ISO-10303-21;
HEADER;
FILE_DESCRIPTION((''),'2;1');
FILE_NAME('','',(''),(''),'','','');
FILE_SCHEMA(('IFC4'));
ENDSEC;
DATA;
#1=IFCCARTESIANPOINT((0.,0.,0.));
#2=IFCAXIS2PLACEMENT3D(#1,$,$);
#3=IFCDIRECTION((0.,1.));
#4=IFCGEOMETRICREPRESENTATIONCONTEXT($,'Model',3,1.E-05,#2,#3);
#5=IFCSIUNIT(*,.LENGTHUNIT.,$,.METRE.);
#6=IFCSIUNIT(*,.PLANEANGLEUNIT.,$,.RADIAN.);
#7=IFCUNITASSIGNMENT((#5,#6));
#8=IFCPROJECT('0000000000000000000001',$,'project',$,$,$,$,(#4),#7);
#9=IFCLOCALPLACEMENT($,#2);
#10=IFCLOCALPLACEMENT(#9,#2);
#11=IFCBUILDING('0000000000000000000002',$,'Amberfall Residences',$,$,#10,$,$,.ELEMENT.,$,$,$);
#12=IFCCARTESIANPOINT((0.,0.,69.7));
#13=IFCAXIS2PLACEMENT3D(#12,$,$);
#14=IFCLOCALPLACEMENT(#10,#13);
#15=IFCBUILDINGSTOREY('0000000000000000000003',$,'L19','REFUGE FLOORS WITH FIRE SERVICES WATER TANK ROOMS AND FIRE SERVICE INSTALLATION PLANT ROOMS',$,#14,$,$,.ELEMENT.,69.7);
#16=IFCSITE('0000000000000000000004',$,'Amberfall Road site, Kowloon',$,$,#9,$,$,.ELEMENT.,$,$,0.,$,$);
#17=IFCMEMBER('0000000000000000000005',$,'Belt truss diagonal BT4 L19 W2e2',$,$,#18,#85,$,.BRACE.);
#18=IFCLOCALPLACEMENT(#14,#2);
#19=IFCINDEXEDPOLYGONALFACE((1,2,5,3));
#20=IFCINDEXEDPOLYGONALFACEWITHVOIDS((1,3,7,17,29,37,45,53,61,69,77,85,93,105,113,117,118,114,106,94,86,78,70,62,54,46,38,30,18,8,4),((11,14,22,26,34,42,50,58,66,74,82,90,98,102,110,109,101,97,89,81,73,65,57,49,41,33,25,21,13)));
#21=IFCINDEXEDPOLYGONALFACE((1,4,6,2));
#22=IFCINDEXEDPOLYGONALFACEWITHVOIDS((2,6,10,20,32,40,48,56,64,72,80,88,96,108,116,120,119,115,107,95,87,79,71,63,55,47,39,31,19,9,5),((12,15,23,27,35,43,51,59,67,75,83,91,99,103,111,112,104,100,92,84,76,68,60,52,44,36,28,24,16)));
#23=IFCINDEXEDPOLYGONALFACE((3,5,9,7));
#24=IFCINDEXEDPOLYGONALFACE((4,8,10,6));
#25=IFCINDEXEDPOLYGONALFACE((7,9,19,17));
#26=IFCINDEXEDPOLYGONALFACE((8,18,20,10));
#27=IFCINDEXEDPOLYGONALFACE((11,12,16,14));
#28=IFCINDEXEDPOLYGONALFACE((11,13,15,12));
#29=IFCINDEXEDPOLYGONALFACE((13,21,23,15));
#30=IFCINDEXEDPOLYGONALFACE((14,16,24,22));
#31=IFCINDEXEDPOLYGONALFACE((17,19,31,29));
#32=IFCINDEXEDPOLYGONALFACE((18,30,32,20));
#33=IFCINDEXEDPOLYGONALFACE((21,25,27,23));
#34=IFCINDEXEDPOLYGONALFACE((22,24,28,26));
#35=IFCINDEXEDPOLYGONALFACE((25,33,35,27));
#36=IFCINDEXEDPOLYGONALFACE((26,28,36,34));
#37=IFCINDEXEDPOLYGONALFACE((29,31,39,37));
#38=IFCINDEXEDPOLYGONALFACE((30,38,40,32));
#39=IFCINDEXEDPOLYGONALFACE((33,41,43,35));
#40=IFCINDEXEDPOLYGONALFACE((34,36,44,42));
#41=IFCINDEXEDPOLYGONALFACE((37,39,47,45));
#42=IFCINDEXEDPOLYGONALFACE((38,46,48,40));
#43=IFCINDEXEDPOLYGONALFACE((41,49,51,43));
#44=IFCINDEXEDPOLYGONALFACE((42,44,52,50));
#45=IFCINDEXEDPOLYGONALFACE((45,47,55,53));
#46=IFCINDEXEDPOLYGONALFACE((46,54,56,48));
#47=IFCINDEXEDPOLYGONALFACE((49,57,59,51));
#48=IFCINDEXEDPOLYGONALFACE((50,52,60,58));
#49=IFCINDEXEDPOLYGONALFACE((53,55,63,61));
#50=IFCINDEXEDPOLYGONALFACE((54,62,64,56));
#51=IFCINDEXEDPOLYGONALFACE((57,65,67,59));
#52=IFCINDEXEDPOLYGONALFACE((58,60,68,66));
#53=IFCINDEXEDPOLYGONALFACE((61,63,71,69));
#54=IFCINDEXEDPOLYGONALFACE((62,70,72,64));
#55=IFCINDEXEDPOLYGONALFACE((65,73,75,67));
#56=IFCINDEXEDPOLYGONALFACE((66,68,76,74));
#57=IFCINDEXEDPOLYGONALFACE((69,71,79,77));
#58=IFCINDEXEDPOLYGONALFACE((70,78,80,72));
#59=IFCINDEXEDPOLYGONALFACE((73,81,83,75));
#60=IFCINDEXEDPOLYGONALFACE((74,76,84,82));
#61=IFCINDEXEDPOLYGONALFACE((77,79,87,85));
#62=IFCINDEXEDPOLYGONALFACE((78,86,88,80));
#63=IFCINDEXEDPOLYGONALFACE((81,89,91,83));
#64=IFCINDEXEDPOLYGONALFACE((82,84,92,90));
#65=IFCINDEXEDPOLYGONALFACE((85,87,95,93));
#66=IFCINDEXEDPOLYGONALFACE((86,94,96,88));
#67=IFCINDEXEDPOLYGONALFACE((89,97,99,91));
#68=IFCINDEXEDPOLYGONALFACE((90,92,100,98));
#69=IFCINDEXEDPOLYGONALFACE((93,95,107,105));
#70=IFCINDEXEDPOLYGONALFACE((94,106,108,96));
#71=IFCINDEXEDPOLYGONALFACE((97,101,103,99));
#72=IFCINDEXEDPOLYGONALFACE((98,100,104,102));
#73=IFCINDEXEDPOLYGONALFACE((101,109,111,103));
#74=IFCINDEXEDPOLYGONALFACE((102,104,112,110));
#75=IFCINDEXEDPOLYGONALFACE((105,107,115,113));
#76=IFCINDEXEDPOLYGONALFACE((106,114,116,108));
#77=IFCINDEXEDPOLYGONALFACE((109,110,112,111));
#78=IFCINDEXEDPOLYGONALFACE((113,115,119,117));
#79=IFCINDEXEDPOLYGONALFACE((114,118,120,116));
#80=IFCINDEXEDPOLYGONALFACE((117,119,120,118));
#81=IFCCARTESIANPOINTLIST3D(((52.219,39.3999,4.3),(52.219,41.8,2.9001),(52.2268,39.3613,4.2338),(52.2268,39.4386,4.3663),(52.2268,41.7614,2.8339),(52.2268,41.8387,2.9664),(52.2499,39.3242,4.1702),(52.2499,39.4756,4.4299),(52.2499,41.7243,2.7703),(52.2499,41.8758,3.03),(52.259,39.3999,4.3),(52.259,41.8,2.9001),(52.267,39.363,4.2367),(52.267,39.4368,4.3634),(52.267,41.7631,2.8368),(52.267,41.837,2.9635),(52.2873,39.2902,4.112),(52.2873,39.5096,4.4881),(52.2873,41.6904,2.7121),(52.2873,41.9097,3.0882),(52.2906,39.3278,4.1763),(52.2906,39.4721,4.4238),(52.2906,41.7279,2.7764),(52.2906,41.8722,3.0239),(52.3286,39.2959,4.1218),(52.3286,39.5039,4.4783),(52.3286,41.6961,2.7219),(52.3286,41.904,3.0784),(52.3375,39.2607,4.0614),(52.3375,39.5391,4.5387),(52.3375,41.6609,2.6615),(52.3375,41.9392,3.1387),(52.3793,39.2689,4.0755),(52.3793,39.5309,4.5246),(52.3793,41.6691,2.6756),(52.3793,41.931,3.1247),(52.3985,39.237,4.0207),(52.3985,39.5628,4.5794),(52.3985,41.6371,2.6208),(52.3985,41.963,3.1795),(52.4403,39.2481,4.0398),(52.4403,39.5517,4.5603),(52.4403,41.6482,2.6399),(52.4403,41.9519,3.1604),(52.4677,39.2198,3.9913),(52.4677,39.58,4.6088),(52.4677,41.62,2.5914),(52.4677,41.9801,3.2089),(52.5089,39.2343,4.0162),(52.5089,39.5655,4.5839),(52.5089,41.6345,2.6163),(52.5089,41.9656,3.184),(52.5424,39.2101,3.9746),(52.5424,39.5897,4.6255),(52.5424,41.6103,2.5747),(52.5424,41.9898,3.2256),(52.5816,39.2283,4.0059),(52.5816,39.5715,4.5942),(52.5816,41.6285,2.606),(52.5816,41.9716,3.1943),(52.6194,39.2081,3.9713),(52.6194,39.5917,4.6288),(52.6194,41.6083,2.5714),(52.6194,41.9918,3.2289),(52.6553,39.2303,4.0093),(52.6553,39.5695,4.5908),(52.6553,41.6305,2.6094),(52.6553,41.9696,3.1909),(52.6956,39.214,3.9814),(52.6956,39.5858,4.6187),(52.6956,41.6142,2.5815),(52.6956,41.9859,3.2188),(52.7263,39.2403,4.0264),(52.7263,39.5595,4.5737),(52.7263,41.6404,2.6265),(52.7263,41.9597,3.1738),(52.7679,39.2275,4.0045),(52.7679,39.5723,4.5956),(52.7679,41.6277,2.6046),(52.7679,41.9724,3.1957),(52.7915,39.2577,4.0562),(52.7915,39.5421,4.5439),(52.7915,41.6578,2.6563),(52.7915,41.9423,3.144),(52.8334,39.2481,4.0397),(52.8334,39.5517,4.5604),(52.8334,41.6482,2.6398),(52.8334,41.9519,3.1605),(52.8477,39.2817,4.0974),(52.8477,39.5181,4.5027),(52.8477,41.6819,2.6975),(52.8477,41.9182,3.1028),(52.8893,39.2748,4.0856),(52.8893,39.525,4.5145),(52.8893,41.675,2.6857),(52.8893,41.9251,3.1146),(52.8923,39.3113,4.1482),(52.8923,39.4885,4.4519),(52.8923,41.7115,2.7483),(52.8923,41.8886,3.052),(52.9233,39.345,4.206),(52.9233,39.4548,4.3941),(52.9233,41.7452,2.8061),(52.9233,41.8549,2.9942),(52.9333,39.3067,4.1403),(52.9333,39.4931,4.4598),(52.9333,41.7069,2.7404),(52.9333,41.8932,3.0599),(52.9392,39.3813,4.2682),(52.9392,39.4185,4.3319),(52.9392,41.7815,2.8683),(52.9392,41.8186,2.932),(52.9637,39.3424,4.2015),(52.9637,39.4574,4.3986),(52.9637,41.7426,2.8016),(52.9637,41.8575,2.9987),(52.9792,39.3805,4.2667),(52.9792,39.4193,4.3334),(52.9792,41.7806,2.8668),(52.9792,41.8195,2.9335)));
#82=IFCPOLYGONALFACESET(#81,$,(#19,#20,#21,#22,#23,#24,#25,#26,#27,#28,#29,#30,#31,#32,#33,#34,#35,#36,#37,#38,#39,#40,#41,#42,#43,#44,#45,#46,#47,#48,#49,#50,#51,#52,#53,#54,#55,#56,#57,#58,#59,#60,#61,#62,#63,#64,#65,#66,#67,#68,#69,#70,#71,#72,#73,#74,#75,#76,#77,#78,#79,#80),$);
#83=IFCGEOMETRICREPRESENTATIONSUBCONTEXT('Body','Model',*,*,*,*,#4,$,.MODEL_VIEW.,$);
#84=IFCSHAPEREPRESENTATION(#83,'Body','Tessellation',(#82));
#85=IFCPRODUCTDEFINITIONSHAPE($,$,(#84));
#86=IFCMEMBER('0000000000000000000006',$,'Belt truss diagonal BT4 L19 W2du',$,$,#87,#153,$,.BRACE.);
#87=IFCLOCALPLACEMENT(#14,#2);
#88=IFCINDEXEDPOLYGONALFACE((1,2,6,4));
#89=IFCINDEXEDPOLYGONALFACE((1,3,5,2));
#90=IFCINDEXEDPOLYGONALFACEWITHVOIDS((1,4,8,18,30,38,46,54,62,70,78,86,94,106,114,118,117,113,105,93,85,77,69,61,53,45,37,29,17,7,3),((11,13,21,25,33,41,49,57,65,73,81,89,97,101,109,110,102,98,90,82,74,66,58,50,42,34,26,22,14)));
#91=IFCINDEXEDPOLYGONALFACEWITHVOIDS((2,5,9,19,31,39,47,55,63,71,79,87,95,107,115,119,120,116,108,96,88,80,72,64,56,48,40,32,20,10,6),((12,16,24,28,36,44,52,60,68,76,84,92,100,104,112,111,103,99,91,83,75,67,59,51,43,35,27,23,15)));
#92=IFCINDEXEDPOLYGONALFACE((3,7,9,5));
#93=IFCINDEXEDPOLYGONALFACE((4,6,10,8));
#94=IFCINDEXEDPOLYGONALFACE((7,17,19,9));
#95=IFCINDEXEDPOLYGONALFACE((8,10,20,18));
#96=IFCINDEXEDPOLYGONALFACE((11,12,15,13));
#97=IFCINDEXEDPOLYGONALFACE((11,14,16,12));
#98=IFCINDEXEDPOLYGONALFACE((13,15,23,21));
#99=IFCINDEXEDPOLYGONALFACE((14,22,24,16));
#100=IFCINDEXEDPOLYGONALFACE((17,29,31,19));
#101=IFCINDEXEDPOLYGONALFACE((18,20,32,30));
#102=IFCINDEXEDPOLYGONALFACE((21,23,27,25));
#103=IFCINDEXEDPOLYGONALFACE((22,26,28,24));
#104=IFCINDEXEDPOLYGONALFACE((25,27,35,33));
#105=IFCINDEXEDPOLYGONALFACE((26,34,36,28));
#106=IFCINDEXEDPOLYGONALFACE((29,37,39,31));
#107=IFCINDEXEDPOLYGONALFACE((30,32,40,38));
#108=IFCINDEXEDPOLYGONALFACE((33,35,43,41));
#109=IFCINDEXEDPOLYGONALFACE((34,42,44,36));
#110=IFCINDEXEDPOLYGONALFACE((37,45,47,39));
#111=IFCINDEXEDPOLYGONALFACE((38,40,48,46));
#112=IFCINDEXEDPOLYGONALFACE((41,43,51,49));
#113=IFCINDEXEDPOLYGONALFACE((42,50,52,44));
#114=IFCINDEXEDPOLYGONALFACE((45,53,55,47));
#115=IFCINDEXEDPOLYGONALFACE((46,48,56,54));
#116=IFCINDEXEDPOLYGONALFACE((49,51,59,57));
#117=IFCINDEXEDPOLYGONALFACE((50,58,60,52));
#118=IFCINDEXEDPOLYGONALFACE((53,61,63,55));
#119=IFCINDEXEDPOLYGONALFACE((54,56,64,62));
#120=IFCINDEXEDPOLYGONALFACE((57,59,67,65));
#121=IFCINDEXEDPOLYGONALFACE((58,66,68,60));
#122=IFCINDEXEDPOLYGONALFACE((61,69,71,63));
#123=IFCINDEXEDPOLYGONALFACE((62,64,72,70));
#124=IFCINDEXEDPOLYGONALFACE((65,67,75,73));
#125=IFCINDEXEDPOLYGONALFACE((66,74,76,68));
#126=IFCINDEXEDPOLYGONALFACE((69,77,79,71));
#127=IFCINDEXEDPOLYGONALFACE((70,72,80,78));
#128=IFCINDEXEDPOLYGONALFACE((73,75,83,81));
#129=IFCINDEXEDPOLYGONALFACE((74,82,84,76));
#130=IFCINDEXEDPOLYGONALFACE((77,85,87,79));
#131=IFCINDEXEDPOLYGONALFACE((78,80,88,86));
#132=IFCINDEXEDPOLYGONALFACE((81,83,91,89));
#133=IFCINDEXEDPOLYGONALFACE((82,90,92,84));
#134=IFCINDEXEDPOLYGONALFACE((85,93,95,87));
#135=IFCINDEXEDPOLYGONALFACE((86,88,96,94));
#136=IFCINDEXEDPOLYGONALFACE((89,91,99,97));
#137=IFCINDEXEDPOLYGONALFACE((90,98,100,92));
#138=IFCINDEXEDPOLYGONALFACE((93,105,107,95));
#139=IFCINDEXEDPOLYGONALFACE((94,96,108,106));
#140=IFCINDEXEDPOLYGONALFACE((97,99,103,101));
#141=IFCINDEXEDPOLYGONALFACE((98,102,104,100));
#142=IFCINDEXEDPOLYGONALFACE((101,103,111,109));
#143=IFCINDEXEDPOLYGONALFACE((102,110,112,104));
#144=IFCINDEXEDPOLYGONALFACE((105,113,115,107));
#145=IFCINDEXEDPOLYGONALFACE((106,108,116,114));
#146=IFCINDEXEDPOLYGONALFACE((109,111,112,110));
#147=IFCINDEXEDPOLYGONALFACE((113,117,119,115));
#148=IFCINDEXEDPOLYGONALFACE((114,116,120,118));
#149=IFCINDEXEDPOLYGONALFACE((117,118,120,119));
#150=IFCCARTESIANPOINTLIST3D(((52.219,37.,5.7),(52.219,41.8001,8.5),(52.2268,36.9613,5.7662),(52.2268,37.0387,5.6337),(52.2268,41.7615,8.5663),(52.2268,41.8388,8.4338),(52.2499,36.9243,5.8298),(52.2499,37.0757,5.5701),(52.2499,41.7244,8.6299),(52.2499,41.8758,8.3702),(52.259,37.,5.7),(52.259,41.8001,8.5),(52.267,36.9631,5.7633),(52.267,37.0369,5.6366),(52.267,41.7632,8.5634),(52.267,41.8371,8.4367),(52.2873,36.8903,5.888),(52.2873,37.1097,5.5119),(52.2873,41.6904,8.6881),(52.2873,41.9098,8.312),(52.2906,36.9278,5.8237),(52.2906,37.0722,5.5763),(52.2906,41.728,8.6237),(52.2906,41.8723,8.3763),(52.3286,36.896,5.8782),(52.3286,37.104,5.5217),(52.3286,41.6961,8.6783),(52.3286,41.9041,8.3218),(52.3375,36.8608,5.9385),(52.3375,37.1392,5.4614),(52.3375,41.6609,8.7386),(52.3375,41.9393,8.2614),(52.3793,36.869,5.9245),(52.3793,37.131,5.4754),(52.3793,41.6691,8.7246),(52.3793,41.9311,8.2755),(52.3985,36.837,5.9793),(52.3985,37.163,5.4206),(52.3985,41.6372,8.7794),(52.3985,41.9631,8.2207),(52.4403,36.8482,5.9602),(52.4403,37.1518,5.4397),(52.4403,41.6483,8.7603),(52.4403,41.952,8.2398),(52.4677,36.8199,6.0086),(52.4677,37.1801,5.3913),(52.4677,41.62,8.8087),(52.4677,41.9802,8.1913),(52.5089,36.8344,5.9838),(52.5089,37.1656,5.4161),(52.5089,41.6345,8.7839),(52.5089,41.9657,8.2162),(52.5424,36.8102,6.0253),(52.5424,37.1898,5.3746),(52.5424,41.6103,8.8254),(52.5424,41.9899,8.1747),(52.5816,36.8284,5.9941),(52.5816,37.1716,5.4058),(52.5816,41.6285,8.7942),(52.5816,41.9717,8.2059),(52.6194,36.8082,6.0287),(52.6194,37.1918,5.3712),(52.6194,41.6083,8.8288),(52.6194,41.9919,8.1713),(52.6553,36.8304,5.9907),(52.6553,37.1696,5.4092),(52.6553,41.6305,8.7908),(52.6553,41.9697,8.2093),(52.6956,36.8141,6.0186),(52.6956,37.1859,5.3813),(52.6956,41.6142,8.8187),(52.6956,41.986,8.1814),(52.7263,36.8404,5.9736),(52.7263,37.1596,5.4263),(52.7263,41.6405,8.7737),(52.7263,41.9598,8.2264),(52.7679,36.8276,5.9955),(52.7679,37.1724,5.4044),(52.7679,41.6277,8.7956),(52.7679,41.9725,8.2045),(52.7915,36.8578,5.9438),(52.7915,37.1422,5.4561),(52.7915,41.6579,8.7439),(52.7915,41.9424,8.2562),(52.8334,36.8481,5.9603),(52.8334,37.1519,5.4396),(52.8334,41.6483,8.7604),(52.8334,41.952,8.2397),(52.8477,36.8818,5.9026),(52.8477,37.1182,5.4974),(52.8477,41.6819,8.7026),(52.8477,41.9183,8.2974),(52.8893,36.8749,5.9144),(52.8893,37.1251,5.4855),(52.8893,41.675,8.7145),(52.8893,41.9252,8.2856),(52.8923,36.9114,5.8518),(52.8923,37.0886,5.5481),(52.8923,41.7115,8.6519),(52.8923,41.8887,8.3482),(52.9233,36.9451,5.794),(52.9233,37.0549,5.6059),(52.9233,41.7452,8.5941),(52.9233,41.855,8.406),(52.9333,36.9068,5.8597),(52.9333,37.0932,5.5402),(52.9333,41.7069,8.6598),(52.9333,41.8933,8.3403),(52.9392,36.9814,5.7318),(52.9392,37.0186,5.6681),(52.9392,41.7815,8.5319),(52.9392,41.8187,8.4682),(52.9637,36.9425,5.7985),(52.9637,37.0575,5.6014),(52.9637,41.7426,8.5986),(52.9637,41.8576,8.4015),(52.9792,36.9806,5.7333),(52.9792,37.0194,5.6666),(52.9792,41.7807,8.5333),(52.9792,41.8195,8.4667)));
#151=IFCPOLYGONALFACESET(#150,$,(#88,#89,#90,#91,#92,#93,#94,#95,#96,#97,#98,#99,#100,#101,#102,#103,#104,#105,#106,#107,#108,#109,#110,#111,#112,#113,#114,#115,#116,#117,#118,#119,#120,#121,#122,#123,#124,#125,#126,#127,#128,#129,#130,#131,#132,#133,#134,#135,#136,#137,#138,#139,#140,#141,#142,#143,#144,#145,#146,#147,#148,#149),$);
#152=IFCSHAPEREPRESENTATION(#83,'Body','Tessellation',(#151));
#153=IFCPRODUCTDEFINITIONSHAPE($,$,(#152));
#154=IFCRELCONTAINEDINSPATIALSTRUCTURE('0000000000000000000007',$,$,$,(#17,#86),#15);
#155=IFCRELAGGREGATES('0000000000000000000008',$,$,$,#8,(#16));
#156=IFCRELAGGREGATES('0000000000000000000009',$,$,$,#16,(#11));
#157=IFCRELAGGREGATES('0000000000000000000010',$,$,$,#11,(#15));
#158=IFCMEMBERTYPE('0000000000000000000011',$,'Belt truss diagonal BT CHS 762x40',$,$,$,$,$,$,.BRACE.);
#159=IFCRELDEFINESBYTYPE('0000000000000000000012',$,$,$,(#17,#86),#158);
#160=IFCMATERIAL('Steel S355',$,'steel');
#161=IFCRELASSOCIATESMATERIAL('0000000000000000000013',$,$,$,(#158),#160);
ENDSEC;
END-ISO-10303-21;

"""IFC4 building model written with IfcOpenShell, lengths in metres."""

from ifc_helpers import new_model, si_unit, direction, frame, origin, origin_2d, place, context, subcontext, project, spatial, hollow_circle, extrude, material, material_profile, profile_set, type_object, element, save


model = new_model("IFC4")

# Units and contexts
model_context = context("Model", 3, precision=1e-05, world=origin(), true_north=direction((0.0, 1.0)))
body_context = subcontext(model_context, "Body", "Model", "MODEL_VIEW")
ifc_project = project(units=[si_unit("LENGTHUNIT", "METRE"), si_unit("PLANEANGLEUNIT", "RADIAN")], contexts=[model_context])

# Site, building, storey
site_placement = place(None, origin())
site = spatial("IfcSite", under=ifc_project, at=site_placement, Name="Amberfall Road site, Kowloon", CompositionType="ELEMENT", RefElevation=0.0)
building_placement = place(site_placement, origin())
building = spatial("IfcBuilding", under=site, at=building_placement, Name="Amberfall Residences", CompositionType="ELEMENT")
storey_placement = place(building_placement, frame((0.0, 0.0, 69.7)))
storey = spatial("IfcBuildingStorey", under=building, at=storey_placement, Name="L19", Description="REFUGE FLOORS WITH FIRE SERVICES WATER TANK ROOMS AND FIRE SERVICE INSTALLATION PLANT ROOMS", CompositionType="ELEMENT", Elevation=69.7)

# Shared definitions
ifc_material_1 = material(Name="Steel S355", Category="steel")

# Members
ifc_material_profile_1 = material_profile(ifc_material_1, hollow_circle(Radius=0.3811, WallThickness=0.04, at=origin_2d()), Name="CHS 762x40")
ifc_profile_set_1 = profile_set([ifc_material_profile_1], Name="Steel S355")
member_type = type_object("IfcMemberType", Name="Belt truss diagonal BT CHS 762x40", PredefinedType="BRACE", material=ifc_profile_set_1)
member_1_placement = place(storey_placement, frame((52.6001, 39.3999, 4.3), z_axis=(0.0, 0.863808, -0.503822), x_axis=(-1.0, 0.0, 0.0)))
element("IfcMember", 1, at=member_1_placement, inside=storey, type_object=member_type, Name="Belt truss diagonal BT4 L19 W2e2", PredefinedType="BRACE", context=body_context, shape_type="SweptSolid", body=[
    extrude(hollow_circle(Radius=0.3811, WallThickness=0.04, at=origin_2d()), origin(), (0.0, 0.0, 1.0), 2.7786),
])
member_2_placement = place(storey_placement, frame((52.6001, 37.0, 5.7), z_axis=(0.0, 0.863777, 0.503874), x_axis=(-1.0, 0.0, 0.0)))
element("IfcMember", 2, at=member_2_placement, inside=storey, type_object=member_type, Name="Belt truss diagonal BT4 L19 W2du", PredefinedType="BRACE", context=body_context, shape_type="SweptSolid", body=[
    extrude(hollow_circle(Radius=0.3811, WallThickness=0.04, at=origin_2d()), origin(), (0.0, 0.0, 1.0), 5.5571),
])

save(model, "model.ifc")
